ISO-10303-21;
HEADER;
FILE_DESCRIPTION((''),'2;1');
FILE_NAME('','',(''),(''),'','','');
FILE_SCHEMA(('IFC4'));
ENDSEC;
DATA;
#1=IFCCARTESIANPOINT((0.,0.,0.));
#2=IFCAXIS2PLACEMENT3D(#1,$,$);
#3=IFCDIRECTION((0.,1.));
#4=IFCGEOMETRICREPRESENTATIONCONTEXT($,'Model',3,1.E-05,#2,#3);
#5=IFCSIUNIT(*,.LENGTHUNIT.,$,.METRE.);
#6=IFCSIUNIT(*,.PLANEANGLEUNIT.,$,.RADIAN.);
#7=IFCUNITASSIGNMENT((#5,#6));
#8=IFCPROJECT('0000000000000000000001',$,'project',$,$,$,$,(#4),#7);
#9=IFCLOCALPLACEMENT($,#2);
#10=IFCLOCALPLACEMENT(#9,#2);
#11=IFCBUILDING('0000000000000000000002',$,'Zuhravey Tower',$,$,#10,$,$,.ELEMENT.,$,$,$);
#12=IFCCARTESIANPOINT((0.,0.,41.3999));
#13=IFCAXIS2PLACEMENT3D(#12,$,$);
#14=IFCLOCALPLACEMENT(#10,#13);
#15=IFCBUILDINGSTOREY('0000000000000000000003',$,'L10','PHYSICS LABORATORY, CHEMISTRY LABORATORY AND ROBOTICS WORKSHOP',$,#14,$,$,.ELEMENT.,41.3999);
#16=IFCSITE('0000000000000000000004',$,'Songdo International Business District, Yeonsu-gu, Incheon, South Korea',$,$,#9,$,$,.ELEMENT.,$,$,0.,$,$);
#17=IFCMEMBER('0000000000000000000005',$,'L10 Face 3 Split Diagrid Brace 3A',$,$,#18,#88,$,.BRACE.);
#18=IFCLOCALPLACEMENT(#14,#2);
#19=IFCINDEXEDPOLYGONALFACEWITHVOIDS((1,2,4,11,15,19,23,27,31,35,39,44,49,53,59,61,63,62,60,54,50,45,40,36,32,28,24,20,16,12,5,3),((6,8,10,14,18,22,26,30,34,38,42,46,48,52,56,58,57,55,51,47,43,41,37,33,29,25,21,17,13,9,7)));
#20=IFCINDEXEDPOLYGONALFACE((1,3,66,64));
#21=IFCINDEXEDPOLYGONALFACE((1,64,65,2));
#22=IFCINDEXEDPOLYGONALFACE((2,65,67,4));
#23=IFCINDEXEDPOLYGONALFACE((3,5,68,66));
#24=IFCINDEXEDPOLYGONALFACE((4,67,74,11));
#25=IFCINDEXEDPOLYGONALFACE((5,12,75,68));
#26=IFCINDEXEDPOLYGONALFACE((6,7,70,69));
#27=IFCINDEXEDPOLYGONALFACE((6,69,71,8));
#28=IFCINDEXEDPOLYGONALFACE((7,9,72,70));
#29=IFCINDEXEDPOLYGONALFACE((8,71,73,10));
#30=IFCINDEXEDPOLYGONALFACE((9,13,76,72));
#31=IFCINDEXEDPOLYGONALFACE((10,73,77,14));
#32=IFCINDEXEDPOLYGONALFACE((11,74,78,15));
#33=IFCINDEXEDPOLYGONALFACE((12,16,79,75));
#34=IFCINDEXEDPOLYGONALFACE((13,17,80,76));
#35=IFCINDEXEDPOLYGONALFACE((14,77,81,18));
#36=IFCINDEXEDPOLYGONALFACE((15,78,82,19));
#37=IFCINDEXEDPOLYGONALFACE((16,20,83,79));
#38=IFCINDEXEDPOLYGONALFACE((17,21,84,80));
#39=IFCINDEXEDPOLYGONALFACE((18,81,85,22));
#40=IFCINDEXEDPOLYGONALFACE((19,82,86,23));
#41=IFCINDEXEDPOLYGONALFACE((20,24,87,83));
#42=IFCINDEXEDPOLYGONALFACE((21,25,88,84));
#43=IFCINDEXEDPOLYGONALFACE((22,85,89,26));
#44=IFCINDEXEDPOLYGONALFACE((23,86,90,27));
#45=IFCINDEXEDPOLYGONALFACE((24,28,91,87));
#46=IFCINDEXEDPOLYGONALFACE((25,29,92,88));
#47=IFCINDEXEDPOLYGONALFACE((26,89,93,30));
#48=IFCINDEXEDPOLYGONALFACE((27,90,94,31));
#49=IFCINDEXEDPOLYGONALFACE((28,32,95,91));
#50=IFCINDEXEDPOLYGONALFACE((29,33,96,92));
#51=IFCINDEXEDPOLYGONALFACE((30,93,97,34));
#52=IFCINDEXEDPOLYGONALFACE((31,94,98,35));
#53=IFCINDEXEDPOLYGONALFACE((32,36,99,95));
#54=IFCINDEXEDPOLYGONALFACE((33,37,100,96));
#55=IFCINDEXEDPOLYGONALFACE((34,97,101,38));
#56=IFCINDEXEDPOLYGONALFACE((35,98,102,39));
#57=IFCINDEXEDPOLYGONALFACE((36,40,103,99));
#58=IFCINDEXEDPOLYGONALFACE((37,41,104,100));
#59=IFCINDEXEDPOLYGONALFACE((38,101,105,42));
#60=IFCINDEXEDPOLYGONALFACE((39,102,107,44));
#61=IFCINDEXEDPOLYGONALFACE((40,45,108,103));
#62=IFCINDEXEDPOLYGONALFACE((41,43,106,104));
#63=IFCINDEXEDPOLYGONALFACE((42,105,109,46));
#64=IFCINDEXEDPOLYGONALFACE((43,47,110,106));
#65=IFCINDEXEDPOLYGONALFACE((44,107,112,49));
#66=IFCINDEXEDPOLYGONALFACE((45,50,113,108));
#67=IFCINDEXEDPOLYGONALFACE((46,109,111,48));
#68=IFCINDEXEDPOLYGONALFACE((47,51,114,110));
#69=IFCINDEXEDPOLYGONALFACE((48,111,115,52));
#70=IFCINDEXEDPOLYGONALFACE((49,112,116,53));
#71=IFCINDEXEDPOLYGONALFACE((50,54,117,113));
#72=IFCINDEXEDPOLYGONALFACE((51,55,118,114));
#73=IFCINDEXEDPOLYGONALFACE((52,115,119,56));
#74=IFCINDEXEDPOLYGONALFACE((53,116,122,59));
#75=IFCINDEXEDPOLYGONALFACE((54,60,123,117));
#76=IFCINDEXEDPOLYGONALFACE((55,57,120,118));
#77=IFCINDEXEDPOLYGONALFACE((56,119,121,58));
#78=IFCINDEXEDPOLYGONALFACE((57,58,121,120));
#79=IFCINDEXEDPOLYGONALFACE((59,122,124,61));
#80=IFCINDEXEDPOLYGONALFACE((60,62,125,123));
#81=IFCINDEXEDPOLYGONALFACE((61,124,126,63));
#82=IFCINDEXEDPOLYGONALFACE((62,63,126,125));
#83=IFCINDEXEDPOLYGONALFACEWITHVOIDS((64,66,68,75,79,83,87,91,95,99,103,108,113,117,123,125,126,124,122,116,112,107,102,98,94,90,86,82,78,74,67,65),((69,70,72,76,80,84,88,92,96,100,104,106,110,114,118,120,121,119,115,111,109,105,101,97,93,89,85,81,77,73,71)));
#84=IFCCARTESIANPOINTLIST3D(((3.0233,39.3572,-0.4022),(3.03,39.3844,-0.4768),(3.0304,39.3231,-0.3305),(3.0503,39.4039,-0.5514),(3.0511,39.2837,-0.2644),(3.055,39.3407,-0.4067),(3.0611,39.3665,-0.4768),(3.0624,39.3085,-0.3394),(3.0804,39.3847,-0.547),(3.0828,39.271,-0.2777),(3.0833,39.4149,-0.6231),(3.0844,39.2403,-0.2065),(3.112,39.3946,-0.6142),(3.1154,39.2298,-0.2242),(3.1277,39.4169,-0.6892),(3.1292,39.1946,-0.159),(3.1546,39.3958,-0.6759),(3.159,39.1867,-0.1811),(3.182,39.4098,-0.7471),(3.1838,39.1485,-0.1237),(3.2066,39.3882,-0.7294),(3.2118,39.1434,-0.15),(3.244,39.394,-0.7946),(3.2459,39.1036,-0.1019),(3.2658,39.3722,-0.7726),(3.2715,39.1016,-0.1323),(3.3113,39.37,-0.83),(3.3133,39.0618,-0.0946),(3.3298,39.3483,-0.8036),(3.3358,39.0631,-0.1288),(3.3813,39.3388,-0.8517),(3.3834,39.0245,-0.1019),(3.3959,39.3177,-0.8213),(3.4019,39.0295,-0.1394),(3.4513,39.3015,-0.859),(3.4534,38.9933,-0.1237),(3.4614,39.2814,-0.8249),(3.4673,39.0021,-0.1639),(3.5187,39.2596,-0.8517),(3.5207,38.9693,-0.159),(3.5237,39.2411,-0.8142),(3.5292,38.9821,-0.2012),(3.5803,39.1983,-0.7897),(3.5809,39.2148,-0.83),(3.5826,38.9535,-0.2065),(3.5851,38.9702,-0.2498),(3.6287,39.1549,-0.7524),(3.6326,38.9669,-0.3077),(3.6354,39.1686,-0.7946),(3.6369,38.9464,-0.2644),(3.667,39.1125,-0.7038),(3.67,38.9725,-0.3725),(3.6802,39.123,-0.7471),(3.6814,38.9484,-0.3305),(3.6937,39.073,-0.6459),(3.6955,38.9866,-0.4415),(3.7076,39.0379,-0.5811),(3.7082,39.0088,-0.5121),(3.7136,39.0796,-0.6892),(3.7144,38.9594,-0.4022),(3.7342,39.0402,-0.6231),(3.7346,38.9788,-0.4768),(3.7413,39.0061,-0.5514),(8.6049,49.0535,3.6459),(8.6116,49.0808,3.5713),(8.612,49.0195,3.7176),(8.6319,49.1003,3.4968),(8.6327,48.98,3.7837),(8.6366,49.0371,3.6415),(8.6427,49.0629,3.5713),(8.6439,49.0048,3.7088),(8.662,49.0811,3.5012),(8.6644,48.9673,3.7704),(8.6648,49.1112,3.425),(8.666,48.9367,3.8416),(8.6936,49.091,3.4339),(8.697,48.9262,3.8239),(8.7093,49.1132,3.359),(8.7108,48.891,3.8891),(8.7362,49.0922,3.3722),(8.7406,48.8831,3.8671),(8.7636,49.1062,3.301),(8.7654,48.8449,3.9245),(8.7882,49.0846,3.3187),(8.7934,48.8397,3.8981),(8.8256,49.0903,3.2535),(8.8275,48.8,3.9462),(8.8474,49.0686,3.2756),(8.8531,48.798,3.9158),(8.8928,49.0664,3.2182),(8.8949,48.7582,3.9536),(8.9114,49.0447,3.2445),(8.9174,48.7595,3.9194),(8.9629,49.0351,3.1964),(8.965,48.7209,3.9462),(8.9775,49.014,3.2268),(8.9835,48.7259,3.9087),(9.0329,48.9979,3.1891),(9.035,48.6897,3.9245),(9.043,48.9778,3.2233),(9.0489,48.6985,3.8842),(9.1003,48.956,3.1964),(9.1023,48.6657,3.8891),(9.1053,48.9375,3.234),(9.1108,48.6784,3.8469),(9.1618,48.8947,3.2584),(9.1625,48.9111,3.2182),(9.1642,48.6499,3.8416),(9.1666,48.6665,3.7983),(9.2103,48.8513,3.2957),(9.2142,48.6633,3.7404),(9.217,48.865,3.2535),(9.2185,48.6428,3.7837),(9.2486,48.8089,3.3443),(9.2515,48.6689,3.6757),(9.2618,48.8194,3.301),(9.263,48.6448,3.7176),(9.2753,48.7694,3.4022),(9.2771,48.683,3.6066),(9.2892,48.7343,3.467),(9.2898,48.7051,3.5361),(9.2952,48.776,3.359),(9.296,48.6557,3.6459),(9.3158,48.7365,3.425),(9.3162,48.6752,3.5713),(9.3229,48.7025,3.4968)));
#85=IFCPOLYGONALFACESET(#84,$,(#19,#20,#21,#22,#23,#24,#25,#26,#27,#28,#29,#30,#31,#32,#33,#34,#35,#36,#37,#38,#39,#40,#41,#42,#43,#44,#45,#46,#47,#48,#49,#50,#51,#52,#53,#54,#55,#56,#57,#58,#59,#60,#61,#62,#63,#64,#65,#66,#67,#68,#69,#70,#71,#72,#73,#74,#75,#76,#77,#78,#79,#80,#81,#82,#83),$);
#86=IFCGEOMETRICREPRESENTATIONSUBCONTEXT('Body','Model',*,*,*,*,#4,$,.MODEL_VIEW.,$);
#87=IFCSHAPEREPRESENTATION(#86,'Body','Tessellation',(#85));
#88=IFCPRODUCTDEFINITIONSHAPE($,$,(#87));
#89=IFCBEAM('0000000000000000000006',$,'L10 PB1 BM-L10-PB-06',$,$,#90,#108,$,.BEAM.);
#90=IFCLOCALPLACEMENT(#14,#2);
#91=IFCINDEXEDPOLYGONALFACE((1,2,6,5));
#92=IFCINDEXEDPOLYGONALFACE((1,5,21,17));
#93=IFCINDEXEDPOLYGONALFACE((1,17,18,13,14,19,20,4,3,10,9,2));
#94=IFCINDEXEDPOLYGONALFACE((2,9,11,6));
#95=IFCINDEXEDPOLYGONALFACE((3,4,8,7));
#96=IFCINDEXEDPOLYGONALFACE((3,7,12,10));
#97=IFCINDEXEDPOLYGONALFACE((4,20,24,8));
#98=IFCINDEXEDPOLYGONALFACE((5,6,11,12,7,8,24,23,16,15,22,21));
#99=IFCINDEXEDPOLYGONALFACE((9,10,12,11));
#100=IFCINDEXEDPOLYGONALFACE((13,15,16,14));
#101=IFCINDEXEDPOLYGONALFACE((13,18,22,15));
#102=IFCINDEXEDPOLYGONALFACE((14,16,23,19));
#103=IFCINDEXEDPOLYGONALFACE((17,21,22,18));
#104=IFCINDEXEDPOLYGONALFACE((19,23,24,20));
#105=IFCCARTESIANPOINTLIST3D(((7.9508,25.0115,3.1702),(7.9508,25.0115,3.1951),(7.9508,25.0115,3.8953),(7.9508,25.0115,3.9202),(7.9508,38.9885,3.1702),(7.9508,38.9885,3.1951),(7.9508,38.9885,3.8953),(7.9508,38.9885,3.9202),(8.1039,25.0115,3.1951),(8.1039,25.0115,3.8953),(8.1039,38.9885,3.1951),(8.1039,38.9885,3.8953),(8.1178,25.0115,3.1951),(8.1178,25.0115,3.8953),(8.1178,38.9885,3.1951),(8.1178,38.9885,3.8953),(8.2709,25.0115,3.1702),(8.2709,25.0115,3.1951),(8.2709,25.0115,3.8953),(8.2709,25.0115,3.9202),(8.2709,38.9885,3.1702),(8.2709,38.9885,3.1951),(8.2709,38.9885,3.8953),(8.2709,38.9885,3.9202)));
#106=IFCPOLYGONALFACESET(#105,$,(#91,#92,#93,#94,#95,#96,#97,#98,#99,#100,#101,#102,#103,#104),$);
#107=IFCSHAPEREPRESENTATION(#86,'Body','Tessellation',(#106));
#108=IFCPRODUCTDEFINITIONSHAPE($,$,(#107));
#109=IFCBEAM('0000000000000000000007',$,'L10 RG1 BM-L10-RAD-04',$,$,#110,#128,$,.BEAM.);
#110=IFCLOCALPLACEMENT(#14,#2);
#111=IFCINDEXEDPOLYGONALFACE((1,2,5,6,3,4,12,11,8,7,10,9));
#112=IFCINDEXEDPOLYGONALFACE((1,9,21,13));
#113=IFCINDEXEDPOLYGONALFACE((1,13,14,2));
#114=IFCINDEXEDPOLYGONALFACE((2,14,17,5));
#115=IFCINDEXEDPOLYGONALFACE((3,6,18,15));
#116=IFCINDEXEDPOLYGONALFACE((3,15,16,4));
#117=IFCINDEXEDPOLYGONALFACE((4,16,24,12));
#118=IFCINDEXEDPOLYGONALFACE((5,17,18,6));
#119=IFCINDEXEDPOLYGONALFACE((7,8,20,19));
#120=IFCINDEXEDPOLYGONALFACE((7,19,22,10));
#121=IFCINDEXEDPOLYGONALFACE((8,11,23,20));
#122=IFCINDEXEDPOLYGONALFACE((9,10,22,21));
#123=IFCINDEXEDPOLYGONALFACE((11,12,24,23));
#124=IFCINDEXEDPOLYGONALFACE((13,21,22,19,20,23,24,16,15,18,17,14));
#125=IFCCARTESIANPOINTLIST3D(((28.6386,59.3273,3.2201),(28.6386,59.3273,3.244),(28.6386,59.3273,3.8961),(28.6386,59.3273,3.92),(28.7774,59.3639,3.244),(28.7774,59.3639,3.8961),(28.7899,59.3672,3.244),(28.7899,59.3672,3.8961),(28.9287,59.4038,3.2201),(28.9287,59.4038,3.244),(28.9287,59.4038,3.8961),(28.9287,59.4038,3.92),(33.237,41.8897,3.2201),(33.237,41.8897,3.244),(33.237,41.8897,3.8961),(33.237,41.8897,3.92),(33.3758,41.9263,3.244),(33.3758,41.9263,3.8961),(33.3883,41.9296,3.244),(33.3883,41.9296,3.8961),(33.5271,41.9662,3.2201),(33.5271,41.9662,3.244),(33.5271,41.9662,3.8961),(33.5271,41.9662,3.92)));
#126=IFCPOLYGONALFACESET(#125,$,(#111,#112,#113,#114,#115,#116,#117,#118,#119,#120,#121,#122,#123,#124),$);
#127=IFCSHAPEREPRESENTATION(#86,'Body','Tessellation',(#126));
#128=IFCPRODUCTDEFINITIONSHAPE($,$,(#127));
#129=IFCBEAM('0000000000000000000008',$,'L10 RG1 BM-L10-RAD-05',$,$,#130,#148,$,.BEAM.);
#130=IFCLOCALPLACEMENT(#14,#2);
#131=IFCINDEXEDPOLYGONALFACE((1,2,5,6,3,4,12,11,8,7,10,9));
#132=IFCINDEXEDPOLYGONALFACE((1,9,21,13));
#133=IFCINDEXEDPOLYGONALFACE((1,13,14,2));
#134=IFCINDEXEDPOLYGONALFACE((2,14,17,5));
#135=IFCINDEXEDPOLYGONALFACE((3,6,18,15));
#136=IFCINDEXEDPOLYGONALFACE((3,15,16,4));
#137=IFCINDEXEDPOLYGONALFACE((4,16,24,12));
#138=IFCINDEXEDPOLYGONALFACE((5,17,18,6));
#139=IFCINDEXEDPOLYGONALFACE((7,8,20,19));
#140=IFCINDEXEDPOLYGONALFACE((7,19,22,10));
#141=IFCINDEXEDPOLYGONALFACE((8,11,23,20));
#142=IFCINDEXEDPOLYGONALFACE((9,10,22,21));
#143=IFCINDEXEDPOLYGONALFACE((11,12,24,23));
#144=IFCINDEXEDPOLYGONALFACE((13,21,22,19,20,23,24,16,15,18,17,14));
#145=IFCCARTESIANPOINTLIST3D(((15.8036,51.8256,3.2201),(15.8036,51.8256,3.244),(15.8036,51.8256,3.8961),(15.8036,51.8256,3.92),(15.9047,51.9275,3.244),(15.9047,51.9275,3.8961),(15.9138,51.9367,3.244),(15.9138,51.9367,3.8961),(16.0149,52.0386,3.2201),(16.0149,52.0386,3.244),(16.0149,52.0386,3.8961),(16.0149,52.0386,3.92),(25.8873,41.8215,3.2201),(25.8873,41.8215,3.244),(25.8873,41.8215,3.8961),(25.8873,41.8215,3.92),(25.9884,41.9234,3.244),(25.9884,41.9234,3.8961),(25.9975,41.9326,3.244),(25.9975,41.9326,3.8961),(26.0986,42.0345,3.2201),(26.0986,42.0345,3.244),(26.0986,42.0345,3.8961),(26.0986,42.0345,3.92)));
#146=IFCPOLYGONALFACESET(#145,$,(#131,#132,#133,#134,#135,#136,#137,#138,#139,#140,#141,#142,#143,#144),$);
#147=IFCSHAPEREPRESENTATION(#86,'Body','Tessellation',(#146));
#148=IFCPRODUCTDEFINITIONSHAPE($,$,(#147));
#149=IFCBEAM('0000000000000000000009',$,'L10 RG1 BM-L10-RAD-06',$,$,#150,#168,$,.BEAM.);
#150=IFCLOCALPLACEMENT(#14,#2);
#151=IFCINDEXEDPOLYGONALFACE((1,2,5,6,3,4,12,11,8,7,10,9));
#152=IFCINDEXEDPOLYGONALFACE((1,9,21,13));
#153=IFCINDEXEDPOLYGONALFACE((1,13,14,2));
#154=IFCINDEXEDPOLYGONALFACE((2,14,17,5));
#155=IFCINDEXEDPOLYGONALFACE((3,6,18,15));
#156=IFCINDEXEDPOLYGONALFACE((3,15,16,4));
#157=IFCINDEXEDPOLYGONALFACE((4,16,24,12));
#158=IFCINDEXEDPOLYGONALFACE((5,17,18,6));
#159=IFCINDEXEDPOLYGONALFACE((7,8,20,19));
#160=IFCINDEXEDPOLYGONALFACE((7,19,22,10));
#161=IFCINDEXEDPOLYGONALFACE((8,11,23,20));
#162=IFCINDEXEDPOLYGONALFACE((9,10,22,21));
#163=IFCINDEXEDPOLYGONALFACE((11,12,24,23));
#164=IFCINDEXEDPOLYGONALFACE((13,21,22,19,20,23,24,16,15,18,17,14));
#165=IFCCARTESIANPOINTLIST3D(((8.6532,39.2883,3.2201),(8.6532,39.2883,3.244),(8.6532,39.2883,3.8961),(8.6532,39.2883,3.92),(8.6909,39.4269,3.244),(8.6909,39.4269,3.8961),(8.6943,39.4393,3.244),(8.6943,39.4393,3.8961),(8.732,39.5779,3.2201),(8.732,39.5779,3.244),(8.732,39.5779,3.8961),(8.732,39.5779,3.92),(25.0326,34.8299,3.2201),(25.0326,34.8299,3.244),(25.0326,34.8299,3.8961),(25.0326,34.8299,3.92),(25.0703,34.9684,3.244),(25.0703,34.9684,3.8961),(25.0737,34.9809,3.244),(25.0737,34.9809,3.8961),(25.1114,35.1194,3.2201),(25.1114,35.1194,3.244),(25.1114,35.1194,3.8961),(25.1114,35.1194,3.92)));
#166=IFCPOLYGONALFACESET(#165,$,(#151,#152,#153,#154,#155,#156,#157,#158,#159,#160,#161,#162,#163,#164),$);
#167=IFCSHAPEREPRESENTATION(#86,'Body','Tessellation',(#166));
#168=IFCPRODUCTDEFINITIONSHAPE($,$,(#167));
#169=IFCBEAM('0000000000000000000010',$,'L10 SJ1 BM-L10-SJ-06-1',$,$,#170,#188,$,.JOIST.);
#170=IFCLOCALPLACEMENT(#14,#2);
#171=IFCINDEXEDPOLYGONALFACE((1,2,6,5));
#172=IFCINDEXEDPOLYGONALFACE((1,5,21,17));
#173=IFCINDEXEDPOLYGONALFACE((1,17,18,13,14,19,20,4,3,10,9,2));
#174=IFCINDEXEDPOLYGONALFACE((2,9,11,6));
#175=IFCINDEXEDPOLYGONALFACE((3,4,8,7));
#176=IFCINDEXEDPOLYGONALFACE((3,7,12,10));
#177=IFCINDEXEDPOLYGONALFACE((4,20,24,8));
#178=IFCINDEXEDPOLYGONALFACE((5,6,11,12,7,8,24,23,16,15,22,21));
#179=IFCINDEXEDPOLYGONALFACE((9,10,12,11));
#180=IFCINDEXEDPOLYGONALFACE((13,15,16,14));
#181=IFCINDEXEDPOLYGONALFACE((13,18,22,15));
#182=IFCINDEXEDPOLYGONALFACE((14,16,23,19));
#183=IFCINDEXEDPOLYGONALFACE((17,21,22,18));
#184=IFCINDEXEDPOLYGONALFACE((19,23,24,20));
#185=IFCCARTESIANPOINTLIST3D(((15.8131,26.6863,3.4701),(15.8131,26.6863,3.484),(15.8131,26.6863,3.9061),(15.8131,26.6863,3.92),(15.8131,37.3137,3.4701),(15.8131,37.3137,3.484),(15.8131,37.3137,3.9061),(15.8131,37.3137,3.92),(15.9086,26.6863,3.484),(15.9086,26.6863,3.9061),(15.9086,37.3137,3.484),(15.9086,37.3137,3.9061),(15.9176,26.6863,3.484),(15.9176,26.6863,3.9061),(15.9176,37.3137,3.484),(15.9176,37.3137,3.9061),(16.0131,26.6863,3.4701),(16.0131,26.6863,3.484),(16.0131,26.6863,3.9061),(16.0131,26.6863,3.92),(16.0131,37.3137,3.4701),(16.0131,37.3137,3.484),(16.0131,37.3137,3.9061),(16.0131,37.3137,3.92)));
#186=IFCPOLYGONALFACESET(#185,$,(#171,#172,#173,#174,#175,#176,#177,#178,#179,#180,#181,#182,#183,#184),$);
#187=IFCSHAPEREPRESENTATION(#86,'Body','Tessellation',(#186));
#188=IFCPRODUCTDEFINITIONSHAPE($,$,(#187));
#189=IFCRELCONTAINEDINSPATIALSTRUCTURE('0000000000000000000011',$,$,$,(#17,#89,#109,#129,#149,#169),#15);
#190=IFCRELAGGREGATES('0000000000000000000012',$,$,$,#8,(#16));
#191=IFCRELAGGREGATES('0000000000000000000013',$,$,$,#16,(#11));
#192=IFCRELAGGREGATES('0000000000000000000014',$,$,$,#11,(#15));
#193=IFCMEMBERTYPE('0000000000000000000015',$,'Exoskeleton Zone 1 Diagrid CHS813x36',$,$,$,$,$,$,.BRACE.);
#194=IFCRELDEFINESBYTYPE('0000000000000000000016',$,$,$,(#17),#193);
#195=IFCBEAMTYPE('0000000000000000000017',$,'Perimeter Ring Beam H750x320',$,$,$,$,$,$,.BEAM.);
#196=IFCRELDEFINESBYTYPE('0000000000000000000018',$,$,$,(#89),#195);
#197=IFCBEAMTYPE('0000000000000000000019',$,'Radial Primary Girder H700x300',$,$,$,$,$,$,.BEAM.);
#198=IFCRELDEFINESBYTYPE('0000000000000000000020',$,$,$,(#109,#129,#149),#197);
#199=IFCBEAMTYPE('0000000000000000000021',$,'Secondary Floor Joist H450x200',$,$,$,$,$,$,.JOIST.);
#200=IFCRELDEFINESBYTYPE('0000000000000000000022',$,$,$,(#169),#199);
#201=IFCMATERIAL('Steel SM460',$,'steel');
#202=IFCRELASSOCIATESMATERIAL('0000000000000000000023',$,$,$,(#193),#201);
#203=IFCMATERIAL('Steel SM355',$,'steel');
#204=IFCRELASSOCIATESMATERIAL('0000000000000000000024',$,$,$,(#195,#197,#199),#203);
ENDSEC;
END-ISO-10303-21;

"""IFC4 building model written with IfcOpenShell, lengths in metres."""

from ifc_helpers import new_model, si_unit, direction, frame, origin, origin_2d, place, context, subcontext, project, spatial, hollow_circle, i_section, extrude, material, material_profile, profile_set, type_object, element, save


model = new_model("IFC4")

# Units and contexts
model_context = context("Model", 3, precision=1e-05, world=origin(), true_north=direction((0.0, 1.0)))
body_context = subcontext(model_context, "Body", "Model", "MODEL_VIEW")
ifc_project = project(units=[si_unit("LENGTHUNIT", "METRE"), si_unit("PLANEANGLEUNIT", "RADIAN")], contexts=[model_context])

# Site, building, storey
site_placement = place(None, origin())
site = spatial("IfcSite", under=ifc_project, at=site_placement, Name="Songdo International Business District, Yeonsu-gu, Incheon, South Korea", CompositionType="ELEMENT", RefElevation=0.0)
building_placement = place(site_placement, origin())
building = spatial("IfcBuilding", under=site, at=building_placement, Name="Zuhravey Tower", CompositionType="ELEMENT")
storey_placement = place(building_placement, frame((0.0, 0.0, 41.3999)))
storey = spatial("IfcBuildingStorey", under=building, at=storey_placement, Name="L10", Description="PHYSICS LABORATORY, CHEMISTRY LABORATORY AND ROBOTICS WORKSHOP", CompositionType="ELEMENT", Elevation=41.3999)

# Member
ifc_material_1 = material(Name="Steel SM460", Category="steel")
ifc_material_profile_1 = material_profile(ifc_material_1, hollow_circle(Radius=0.4065, WallThickness=0.0359, at=origin_2d()), Name="CHS-812.8x36")
ifc_profile_set_1 = profile_set([ifc_material_profile_1], Name="Steel SM460")
member_type_1 = type_object("IfcMemberType", Name="Exoskeleton Zone 1 Diagrid CHS813x36", PredefinedType="BRACE", material=ifc_profile_set_1)
member_1_placement = place(storey_placement, frame((3.3823, 39.1816, -0.4768), z_axis=(0.469122, 0.814962, 0.340238), x_axis=(-0.866668, 0.498886, 0.0)))
element("IfcMember", 1, at=member_1_placement, inside=storey, type_object=member_type_1, Name="L10 Face 3 Split Diagrid Brace 3A", PredefinedType="BRACE", context=body_context, shape_type="SweptSolid", body=[
    extrude(hollow_circle(Radius=0.4065, WallThickness=0.0359, at=origin_2d()), origin(), (0.0, 0.0, 1.0), 11.8979),
])

# Beams
ifc_material_2 = material(Name="Steel SM355", Category="steel")
ifc_material_profile_2 = material_profile(ifc_material_2, i_section(OverallWidth=0.3201, OverallDepth=0.75, WebThickness=0.0139, FlangeThickness=0.0249, at=origin_2d()), Name="H-750x320x14x25")
ifc_profile_set_2 = profile_set([ifc_material_profile_2], Name="Steel SM355")
beam_type_1 = type_object("IfcBeamType", Name="Perimeter Ring Beam H750x320", PredefinedType="BEAM", material=ifc_profile_set_2)
beam_1_placement = place(storey_placement, frame((8.1108, 38.9885, 3.5452), z_axis=(0.0, -1.0, 0.0), x_axis=(1.0, 0.0, 0.0)))
element("IfcBeam", 2, at=beam_1_placement, inside=storey, type_object=beam_type_1, Name="L10 PB1 BM-L10-PB-06", PredefinedType="BEAM", context=body_context, shape_type="SweptSolid", body=[
    extrude(i_section(OverallWidth=0.3201, OverallDepth=0.75, WebThickness=0.0139, FlangeThickness=0.0249, at=origin_2d()), origin(), (0.0, 0.0, 1.0), 13.9771),
])
ifc_material_profile_3 = material_profile(ifc_material_2, i_section(OverallWidth=0.3, OverallDepth=0.7, WebThickness=0.0129, FlangeThickness=0.0239, at=origin_2d()), Name="H-700x300x13x24")
ifc_profile_set_3 = profile_set([ifc_material_profile_3], Name="Steel SM355")
beam_type_2 = type_object("IfcBeamType", Name="Radial Primary Girder H700x300", PredefinedType="BEAM", material=ifc_profile_set_3)
beam_2_placement = place(storey_placement, frame((33.3821, 41.928, 3.5701), z_axis=(-0.25499, 0.966944, 0.0), x_axis=(-0.966944, -0.25499, 0.0)))
element("IfcBeam", 3, at=beam_2_placement, inside=storey, type_object=beam_type_2, Name="L10 RG1 BM-L10-RAD-04", PredefinedType="BEAM", context=body_context, shape_type="SweptSolid", body=[
    extrude(i_section(OverallWidth=0.3, OverallDepth=0.7, WebThickness=0.0129, FlangeThickness=0.0239, at=origin_2d()), origin(), (0.0, 0.0, 1.0), 18.0337),
])
beam_3_placement = place(storey_placement, frame((25.9929, 41.928, 3.5701), z_axis=(-0.709903, 0.7043, 0.0), x_axis=(-0.7043, -0.709903, 0.0)))
element("IfcBeam", 4, at=beam_3_placement, inside=storey, type_object=beam_type_2, Name="L10 RG1 BM-L10-RAD-05", PredefinedType="BEAM", context=body_context, shape_type="SweptSolid", body=[
    extrude(i_section(OverallWidth=0.3, OverallDepth=0.7, WebThickness=0.0129, FlangeThickness=0.0239, at=origin_2d()), origin(), (0.0, 0.0, 1.0), 14.2043),
])
beam_4_placement = place(storey_placement, frame((25.072, 34.9746, 3.5701), z_axis=(-0.964892, 0.262645, 0.0), x_axis=(-0.262645, -0.964892, 0.0)))
element("IfcBeam", 5, at=beam_4_placement, inside=storey, type_object=beam_type_2, Name="L10 RG1 BM-L10-RAD-06", PredefinedType="BEAM", context=body_context, shape_type="SweptSolid", body=[
    extrude(i_section(OverallWidth=0.3, OverallDepth=0.7, WebThickness=0.0129, FlangeThickness=0.0239, at=origin_2d()), origin(), (0.0, 0.0, 1.0), 16.9753),
])
ifc_material_profile_4 = material_profile(ifc_material_2, i_section(OverallWidth=0.2, OverallDepth=0.45, WebThickness=0.009, FlangeThickness=0.0139, at=origin_2d()), Name="H-450x200x9x14")
ifc_profile_set_4 = profile_set([ifc_material_profile_4], Name="Steel SM355")
beam_type_3 = type_object("IfcBeamType", Name="Secondary Floor Joist H450x200", PredefinedType="JOIST", material=ifc_profile_set_4)
beam_5_placement = place(storey_placement, frame((15.9131, 37.3137, 3.6951), z_axis=(0.0, -1.0, 0.0), x_axis=(1.0, 0.0, 0.0)))
element("IfcBeam", 6, at=beam_5_placement, inside=storey, type_object=beam_type_3, Name="L10 SJ1 BM-L10-SJ-06-1", PredefinedType="JOIST", context=body_context, shape_type="SweptSolid", body=[
    extrude(i_section(OverallWidth=0.2, OverallDepth=0.45, WebThickness=0.009, FlangeThickness=0.0139, at=origin_2d()), origin(), (0.0, 0.0, 1.0), 10.6274),
])

save(model, "model.ifc")
